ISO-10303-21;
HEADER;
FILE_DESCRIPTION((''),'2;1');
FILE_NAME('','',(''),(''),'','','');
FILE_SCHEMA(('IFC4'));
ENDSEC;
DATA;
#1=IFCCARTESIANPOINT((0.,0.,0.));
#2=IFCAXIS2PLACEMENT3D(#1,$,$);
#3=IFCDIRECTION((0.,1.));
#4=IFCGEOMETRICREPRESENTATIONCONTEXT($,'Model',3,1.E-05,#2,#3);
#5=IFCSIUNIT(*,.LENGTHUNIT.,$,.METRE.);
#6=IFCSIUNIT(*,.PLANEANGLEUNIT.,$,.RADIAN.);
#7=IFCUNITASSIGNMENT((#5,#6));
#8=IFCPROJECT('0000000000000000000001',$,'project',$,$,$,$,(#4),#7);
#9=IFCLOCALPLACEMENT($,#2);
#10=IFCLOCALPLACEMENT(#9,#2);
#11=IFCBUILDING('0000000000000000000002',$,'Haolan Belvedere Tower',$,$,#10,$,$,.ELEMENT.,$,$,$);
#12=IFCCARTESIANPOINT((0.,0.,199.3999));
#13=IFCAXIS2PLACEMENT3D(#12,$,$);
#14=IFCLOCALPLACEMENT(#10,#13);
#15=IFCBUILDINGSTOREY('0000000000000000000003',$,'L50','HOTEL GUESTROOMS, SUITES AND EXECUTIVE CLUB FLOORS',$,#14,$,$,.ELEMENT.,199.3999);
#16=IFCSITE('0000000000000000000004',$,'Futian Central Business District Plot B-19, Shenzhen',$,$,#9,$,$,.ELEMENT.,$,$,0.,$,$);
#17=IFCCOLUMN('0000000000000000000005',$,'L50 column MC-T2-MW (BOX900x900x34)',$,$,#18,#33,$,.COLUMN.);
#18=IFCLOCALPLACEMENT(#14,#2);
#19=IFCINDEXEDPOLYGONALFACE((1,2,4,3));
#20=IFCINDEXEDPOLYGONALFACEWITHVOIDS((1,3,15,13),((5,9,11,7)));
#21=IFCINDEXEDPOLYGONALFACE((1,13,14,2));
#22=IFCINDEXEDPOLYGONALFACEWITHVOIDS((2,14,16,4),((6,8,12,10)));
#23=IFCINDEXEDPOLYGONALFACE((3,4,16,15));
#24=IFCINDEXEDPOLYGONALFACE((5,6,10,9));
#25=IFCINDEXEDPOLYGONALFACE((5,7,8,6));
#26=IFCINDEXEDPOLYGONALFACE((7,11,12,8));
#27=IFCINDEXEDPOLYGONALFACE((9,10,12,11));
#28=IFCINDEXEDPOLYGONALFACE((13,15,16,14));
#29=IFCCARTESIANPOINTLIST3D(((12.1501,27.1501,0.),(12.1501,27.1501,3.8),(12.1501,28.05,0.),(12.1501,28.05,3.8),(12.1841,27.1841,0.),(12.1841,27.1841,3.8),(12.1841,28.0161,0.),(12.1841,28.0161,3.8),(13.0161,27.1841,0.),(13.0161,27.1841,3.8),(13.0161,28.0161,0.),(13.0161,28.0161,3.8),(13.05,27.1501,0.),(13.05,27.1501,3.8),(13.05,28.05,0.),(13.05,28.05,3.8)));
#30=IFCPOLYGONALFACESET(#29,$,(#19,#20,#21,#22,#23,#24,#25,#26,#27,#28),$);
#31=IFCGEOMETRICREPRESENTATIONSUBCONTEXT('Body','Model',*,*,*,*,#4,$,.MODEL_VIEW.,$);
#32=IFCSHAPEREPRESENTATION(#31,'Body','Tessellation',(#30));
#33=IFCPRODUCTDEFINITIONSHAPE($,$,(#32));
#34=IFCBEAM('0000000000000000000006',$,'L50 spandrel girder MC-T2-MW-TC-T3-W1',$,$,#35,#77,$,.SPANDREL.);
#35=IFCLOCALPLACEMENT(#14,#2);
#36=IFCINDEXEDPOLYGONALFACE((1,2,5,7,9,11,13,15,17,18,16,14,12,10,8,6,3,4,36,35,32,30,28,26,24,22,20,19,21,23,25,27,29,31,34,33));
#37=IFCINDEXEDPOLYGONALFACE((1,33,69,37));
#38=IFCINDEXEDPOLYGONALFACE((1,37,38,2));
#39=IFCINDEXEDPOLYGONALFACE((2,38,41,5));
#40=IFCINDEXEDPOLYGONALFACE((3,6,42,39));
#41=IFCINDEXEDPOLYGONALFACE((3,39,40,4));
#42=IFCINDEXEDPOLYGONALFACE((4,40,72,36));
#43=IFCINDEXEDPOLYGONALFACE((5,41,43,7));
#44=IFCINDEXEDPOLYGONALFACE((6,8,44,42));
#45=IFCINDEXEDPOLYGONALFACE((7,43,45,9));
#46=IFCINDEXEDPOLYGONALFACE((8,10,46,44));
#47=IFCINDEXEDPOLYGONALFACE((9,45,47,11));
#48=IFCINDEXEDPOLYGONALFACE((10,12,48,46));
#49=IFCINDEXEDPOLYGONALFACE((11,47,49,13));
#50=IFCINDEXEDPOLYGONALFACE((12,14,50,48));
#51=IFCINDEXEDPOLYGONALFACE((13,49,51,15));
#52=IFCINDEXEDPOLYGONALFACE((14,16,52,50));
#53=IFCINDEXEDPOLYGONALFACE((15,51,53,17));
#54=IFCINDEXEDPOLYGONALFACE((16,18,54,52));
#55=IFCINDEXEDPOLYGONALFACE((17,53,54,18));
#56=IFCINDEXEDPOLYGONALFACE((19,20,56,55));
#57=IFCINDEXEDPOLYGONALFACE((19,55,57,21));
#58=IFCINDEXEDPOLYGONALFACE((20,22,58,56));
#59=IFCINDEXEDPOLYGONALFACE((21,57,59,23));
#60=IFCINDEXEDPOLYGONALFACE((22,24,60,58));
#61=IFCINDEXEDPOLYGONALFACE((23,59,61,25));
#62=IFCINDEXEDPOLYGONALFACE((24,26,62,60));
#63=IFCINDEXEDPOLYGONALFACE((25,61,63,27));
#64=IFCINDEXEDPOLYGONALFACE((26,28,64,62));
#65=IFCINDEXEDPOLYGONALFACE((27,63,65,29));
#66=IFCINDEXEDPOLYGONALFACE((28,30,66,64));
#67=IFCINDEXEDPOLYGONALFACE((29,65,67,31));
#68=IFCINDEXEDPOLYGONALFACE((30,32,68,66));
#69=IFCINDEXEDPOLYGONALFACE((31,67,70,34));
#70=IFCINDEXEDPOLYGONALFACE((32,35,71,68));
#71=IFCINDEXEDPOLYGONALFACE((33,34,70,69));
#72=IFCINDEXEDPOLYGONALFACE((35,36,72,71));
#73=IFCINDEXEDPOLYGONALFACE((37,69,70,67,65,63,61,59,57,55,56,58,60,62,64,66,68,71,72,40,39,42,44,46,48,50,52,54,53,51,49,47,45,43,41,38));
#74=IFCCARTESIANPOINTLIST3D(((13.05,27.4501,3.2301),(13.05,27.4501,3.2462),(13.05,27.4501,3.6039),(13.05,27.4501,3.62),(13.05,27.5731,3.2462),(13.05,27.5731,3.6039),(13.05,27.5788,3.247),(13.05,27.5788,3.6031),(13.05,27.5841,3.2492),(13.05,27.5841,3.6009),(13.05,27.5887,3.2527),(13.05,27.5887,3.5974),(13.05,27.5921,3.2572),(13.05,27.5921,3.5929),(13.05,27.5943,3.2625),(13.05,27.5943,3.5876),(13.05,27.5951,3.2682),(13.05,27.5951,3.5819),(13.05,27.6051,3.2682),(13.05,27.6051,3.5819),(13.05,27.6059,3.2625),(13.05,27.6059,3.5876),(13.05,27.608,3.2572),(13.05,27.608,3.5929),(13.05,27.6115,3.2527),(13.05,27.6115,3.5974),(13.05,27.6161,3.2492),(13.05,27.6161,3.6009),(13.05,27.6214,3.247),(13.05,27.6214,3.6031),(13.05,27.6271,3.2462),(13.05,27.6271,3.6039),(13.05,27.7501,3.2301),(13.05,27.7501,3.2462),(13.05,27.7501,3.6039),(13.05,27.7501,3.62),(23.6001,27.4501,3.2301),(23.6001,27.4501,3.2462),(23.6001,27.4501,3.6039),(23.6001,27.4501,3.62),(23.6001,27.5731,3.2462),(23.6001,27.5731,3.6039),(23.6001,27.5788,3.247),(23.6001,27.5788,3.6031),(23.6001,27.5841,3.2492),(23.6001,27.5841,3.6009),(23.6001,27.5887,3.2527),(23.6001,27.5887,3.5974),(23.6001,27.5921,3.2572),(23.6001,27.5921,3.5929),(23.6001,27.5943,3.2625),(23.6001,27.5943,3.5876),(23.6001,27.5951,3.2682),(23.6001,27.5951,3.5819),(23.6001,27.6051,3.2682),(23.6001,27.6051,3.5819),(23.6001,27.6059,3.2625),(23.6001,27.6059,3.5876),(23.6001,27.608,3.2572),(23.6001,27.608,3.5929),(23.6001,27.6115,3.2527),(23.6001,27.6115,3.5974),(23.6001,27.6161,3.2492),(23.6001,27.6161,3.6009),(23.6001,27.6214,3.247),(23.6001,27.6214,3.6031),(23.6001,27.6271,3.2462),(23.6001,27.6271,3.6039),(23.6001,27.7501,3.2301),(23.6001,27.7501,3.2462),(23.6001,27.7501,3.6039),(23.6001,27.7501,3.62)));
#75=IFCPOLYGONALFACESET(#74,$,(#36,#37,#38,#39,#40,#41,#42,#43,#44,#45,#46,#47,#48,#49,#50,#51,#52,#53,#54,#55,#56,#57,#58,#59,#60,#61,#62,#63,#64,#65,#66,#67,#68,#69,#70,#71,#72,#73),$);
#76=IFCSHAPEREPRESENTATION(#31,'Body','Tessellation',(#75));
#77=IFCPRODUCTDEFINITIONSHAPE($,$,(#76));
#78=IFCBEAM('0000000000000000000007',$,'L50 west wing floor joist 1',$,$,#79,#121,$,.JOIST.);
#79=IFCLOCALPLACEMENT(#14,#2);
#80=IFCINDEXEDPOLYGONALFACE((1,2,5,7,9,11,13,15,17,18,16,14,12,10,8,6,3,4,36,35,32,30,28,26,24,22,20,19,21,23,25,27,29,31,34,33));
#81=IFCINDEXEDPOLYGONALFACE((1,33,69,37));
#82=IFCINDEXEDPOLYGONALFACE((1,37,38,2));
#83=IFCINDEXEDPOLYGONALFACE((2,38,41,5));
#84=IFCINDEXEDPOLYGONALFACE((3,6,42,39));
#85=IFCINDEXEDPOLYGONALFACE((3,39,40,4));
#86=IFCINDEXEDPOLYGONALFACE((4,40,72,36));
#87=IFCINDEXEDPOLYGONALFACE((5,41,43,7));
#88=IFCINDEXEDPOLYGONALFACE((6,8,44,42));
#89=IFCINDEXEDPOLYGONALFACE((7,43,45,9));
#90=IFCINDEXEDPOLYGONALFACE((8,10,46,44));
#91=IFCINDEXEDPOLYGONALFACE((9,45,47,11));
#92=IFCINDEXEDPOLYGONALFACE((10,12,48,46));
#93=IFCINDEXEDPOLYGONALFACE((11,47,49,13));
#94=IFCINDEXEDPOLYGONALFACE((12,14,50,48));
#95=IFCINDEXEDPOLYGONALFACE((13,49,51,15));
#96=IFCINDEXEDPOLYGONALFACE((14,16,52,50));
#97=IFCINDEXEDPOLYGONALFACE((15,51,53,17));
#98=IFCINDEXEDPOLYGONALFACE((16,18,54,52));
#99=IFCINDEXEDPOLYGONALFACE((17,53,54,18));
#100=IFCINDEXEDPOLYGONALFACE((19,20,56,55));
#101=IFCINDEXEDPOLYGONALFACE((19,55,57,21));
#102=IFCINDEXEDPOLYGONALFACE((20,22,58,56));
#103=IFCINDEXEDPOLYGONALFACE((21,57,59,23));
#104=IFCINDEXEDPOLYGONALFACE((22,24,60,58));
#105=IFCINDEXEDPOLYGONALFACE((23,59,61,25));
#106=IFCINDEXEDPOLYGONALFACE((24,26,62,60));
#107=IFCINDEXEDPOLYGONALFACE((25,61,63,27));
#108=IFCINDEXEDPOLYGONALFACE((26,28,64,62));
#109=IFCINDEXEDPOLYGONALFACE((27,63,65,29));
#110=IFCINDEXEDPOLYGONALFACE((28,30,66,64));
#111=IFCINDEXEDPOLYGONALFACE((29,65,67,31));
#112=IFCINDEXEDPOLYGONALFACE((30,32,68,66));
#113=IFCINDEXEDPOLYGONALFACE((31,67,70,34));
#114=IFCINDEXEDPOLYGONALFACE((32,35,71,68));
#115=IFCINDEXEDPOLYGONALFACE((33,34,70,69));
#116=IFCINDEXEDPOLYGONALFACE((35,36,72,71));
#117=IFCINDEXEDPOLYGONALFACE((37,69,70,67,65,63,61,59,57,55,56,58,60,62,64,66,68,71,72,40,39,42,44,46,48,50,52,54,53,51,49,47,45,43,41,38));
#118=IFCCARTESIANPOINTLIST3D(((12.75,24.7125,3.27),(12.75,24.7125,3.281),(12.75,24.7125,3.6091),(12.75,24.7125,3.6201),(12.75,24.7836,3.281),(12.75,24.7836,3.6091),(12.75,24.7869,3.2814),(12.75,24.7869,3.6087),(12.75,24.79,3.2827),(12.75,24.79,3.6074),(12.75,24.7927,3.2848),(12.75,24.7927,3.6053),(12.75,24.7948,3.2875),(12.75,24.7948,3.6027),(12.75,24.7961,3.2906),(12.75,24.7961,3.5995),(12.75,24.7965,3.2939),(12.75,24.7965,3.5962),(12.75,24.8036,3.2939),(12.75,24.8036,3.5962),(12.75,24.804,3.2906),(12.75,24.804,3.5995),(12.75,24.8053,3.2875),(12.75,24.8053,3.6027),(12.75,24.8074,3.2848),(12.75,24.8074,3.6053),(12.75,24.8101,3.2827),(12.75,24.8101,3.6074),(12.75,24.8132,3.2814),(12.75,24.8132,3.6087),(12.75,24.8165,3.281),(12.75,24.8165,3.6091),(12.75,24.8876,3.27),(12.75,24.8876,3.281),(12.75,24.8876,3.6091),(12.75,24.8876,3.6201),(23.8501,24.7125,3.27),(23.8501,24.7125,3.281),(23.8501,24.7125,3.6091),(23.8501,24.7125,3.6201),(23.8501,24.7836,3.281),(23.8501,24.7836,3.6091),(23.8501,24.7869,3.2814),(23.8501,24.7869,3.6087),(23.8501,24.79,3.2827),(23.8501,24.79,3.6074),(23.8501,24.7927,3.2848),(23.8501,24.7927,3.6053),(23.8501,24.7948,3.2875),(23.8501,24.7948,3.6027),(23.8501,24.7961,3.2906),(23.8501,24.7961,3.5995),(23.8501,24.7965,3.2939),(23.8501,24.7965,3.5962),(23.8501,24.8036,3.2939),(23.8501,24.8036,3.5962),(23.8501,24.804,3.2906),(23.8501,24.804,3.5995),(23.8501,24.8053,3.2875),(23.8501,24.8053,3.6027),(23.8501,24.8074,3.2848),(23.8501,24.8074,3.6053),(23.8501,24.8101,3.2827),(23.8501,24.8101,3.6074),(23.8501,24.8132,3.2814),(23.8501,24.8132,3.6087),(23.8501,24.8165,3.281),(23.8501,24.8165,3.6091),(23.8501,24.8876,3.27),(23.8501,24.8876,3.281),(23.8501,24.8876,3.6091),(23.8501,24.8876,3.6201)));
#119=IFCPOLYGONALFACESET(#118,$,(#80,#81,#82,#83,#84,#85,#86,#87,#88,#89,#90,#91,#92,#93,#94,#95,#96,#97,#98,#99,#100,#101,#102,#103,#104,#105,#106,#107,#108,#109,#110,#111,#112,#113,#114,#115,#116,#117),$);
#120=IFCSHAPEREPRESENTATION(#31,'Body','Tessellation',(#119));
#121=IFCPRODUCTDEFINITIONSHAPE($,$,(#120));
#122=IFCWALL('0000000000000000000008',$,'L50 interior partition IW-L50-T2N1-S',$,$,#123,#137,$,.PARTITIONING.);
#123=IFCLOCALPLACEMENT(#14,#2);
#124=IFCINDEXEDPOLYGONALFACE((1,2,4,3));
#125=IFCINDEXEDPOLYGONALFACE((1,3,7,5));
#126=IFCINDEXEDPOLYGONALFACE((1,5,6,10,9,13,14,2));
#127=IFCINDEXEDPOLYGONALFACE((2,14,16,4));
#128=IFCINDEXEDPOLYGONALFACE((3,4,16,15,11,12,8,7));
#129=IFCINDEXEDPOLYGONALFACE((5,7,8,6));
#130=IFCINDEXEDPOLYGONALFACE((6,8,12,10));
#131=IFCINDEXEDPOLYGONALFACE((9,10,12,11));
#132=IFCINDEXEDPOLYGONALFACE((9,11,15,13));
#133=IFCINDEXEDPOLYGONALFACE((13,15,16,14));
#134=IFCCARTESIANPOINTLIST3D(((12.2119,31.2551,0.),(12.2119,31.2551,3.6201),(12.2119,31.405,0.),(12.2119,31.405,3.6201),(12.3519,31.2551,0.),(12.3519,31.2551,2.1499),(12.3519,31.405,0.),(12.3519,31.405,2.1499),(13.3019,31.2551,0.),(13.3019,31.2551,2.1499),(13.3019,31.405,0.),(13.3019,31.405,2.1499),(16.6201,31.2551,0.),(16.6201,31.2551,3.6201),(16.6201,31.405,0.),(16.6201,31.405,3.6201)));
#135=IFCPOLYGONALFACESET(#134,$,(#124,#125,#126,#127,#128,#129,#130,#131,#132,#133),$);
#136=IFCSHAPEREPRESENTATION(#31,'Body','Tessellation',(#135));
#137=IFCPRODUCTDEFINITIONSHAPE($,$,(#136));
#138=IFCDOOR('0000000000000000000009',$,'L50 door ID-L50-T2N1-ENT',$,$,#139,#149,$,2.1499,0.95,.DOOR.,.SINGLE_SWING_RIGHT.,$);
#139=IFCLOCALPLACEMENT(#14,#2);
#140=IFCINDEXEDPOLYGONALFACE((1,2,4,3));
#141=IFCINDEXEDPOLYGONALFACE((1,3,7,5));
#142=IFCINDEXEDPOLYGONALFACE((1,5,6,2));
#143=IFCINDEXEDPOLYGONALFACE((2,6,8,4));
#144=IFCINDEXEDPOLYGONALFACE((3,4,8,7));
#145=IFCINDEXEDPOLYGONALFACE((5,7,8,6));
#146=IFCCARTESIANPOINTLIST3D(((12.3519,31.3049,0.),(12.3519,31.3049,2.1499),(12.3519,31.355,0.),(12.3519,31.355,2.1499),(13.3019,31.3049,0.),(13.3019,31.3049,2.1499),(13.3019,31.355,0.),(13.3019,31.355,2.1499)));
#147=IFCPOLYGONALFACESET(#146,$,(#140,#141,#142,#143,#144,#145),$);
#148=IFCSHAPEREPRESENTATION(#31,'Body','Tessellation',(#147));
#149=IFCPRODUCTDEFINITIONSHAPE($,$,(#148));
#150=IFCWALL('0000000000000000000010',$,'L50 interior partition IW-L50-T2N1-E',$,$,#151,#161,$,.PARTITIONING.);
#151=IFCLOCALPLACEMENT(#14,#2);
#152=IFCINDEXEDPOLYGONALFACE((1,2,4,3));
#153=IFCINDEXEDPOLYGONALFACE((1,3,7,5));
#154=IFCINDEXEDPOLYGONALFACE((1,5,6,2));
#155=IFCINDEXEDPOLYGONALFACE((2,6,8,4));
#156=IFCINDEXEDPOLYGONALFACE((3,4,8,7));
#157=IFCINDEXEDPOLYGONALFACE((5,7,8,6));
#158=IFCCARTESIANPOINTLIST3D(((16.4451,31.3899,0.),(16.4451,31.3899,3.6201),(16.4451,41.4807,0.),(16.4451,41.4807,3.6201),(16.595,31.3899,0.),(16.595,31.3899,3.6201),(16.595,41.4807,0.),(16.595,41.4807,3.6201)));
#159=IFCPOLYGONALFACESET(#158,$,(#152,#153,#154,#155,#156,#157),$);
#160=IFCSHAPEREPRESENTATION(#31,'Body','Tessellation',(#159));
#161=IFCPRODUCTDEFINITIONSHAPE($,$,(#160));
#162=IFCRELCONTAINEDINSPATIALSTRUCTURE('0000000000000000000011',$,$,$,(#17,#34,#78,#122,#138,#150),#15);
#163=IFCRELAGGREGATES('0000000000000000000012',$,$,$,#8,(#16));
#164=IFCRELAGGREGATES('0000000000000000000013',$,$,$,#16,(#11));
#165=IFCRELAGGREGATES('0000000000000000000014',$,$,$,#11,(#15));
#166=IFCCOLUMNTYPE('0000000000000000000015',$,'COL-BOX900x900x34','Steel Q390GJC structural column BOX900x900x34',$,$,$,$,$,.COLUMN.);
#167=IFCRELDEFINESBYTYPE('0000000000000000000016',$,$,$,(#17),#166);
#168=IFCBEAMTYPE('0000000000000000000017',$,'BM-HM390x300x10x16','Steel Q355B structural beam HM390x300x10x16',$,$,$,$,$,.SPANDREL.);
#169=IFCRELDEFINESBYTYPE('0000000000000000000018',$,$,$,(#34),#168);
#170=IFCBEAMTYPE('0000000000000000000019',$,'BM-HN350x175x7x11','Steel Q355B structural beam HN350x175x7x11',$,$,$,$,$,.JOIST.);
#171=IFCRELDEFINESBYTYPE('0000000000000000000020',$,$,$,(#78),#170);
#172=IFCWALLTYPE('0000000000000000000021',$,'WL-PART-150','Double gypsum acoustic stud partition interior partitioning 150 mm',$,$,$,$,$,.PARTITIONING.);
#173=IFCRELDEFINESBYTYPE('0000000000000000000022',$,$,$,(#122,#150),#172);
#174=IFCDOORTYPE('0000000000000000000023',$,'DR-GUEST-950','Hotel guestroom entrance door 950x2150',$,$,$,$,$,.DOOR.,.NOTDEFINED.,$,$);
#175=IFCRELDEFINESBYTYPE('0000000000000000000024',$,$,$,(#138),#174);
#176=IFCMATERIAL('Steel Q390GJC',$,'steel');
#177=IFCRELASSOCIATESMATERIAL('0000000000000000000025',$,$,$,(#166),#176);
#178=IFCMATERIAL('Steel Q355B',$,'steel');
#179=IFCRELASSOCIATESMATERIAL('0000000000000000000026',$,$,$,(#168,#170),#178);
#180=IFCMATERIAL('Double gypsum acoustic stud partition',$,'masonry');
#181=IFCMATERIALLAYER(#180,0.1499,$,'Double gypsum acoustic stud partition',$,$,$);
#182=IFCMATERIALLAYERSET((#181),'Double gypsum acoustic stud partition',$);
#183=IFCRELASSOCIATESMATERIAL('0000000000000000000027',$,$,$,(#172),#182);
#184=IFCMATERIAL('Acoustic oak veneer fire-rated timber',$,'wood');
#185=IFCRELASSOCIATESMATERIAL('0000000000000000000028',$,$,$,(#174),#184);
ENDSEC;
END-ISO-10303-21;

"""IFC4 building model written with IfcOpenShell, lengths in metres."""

from ifc_helpers import new_model, si_unit, direction, frame, frame_2d, origin, origin_2d, place, context, subcontext, project, spatial, rectangle, hollow_rectangle, i_section, extrude, material, layer, layer_set, material_profile, profile_set, type_object, element, fill, save


model = new_model("IFC4")

# Units and contexts
model_context = context("Model", 3, precision=1e-05, world=origin(), true_north=direction((0.0, 1.0)))
body_context = subcontext(model_context, "Body", "Model", "MODEL_VIEW")
ifc_project = project(units=[si_unit("LENGTHUNIT", "METRE"), si_unit("PLANEANGLEUNIT", "RADIAN")], contexts=[model_context])

# Site, building, storey
site_placement = place(None, origin())
site = spatial("IfcSite", under=ifc_project, at=site_placement, Name="Futian Central Business District Plot B-19, Shenzhen", CompositionType="ELEMENT", RefElevation=0.0)
building_placement = place(site_placement, origin())
building = spatial("IfcBuilding", under=site, at=building_placement, Name="Haolan Belvedere Tower", CompositionType="ELEMENT")
storey_placement = place(building_placement, frame((0.0, 0.0, 199.3999)))
storey = spatial("IfcBuildingStorey", under=building, at=storey_placement, Name="L50", Description="HOTEL GUESTROOMS, SUITES AND EXECUTIVE CLUB FLOORS", CompositionType="ELEMENT", Elevation=199.3999)

# Column
ifc_material_1 = material(Name="Steel Q390GJC", Category="steel")
ifc_material_profile_1 = material_profile(ifc_material_1, hollow_rectangle(XDim=0.8999, YDim=0.8999, WallThickness=0.0339, at=origin_2d()), Name="Steel Q390GJC")
ifc_profile_set_1 = profile_set([ifc_material_profile_1], Name="Steel Q390GJC")
column_type = type_object("IfcColumnType", Name="COL-BOX900x900x34", Description="Steel Q390GJC structural column BOX900x900x34", PredefinedType="COLUMN", material=ifc_profile_set_1)
column_placement = place(storey_placement, frame((12.6001, 27.6001, 0.0), z_axis=(0.0, 0.0, 1.0), x_axis=(1.0, 0.0, 0.0)))
element("IfcColumn", 1, at=column_placement, inside=storey, type_object=column_type, Name="L50 column MC-T2-MW (BOX900x900x34)", PredefinedType="COLUMN", context=body_context, shape_type="SweptSolid", body=[
    extrude(hollow_rectangle(XDim=0.8999, YDim=0.8999, WallThickness=0.0339, at=origin_2d()), origin(), (0.0, 0.0, 1.0), 3.8),
])

# Beams
ifc_material_2 = material(Name="Steel Q355B", Category="steel")
ifc_material_profile_2 = material_profile(ifc_material_2, i_section(OverallWidth=0.3, OverallDepth=0.3899, WebThickness=0.01, FlangeThickness=0.0161, FilletRadius=0.022, at=origin_2d()), Name="Steel Q355B")
ifc_profile_set_2 = profile_set([ifc_material_profile_2], Name="Steel Q355B")
beam_type_1 = type_object("IfcBeamType", Name="BM-HM390x300x10x16", Description="Steel Q355B structural beam HM390x300x10x16", PredefinedType="SPANDREL", material=ifc_profile_set_2)
beam_1_placement = place(storey_placement, frame((13.05, 27.6001, 3.425), z_axis=(1.0, 0.0, 0.0), x_axis=(0.0, 1.0, 0.0)))
element("IfcBeam", 2, at=beam_1_placement, inside=storey, type_object=beam_type_1, Name="L50 spandrel girder MC-T2-MW-TC-T3-W1", PredefinedType="SPANDREL", context=body_context, shape_type="SweptSolid", body=[
    extrude(i_section(OverallWidth=0.3, OverallDepth=0.3899, WebThickness=0.01, FlangeThickness=0.0161, FilletRadius=0.022, at=origin_2d()), origin(), (0.0, 0.0, 1.0), 10.55),
])
ifc_material_profile_3 = material_profile(ifc_material_2, i_section(OverallWidth=0.175, OverallDepth=0.3501, WebThickness=0.0071, FlangeThickness=0.011, FilletRadius=0.0129, at=origin_2d()), Name="Steel Q355B")
ifc_profile_set_3 = profile_set([ifc_material_profile_3], Name="Steel Q355B")
beam_type_2 = type_object("IfcBeamType", Name="BM-HN350x175x7x11", Description="Steel Q355B structural beam HN350x175x7x11", PredefinedType="JOIST", material=ifc_profile_set_3)
beam_2_placement = place(storey_placement, frame((12.75, 24.8, 3.4451), z_axis=(1.0, 0.0, 0.0), x_axis=(0.0, 1.0, 0.0)))
element("IfcBeam", 3, at=beam_2_placement, inside=storey, type_object=beam_type_2, Name="L50 west wing floor joist 1", PredefinedType="JOIST", context=body_context, shape_type="SweptSolid", body=[
    extrude(i_section(OverallWidth=0.175, OverallDepth=0.3501, WebThickness=0.0071, FlangeThickness=0.011, FilletRadius=0.0129, at=origin_2d()), origin(), (0.0, 0.0, 1.0), 11.1001),
])

# Wall, opening, door
ifc_material_3 = material(Name="Double gypsum acoustic stud partition", Category="masonry")
ifc_layer_1 = layer(ifc_material_3, 0.1499, Name="Double gypsum acoustic stud partition")
ifc_layer_set_1 = layer_set([ifc_layer_1], Name="Double gypsum acoustic stud partition")
wall_type_1 = type_object("IfcWallType", Name="WL-PART-150", Description="Double gypsum acoustic stud partition interior partitioning 150 mm", PredefinedType="PARTITIONING", material=ifc_layer_set_1)
wall_1_placement = place(storey_placement, frame((12.2119, 31.3301, 0.0), z_axis=(0.0, 0.0, 1.0), x_axis=(1.0, 0.0, 0.0)))
wall_1 = element("IfcWall", 4, at=wall_1_placement, inside=storey, type_object=wall_type_1, Name="L50 interior partition IW-L50-T2N1-S", PredefinedType="PARTITIONING", context=body_context, shape_type="SweptSolid", body=[
    extrude(rectangle(XDim=4.4082, YDim=0.1499, at=frame_2d((2.2041, 0.0))), origin(), (0.0, 0.0, 1.0), 3.6201),
])
opening_1_placement = place(wall_1_placement, frame((0.1399, 0.0, 0.0)))
opening_1 = element("IfcOpeningElement", 5, at=opening_1_placement, cuts=wall_1, PredefinedType="OPENING", context=body_context, shape_type="SweptSolid", body=[
    extrude(rectangle(XDim=0.95, YDim=2.1499, at=frame_2d((0.4751, 1.075))), frame((0.0, 0.085, 0.0), z_axis=(0.0, -1.0, 0.0), x_axis=(1.0, 0.0, 0.0)), (0.0, 0.0, 1.0), 0.1699),
])
ifc_material_4 = material(Name="Acoustic oak veneer fire-rated timber", Category="wood")
door_type_1 = type_object("IfcDoorType", Name="DR-GUEST-950", Description="Hotel guestroom entrance door 950x2150", OperationType="NOTDEFINED", PredefinedType="DOOR", material=ifc_material_4)
door_1_placement = place(opening_1_placement, origin())
door_1 = element("IfcDoor", 6, at=door_1_placement, inside=storey, type_object=door_type_1, Name="L50 door ID-L50-T2N1-ENT", OperationType="SINGLE_SWING_RIGHT", OverallHeight=2.1499, OverallWidth=0.95, PredefinedType="DOOR", context=body_context, shape_type="SweptSolid", body=[
    extrude(rectangle(XDim=0.95, YDim=2.1499, at=frame_2d((0.4751, 1.075))), frame((0.0, 0.0249, 0.0), z_axis=(0.0, -1.0, 0.0), x_axis=(1.0, 0.0, 0.0)), (0.0, 0.0, 1.0), 0.05),
])
fill(opening_1, door_1)

# Wall
wall_2_placement = place(storey_placement, frame((16.52, 31.3899, 0.0), z_axis=(0.0, 0.0, 1.0), x_axis=(0.0, 1.0, 0.0)))
element("IfcWall", 7, at=wall_2_placement, inside=storey, type_object=wall_type_1, Name="L50 interior partition IW-L50-T2N1-E", PredefinedType="PARTITIONING", context=body_context, shape_type="SweptSolid", body=[
    extrude(rectangle(XDim=10.0908, YDim=0.1499, at=frame_2d((5.0454, 0.0))), origin(), (0.0, 0.0, 1.0), 3.6201),
])

save(model, "model.ifc")
